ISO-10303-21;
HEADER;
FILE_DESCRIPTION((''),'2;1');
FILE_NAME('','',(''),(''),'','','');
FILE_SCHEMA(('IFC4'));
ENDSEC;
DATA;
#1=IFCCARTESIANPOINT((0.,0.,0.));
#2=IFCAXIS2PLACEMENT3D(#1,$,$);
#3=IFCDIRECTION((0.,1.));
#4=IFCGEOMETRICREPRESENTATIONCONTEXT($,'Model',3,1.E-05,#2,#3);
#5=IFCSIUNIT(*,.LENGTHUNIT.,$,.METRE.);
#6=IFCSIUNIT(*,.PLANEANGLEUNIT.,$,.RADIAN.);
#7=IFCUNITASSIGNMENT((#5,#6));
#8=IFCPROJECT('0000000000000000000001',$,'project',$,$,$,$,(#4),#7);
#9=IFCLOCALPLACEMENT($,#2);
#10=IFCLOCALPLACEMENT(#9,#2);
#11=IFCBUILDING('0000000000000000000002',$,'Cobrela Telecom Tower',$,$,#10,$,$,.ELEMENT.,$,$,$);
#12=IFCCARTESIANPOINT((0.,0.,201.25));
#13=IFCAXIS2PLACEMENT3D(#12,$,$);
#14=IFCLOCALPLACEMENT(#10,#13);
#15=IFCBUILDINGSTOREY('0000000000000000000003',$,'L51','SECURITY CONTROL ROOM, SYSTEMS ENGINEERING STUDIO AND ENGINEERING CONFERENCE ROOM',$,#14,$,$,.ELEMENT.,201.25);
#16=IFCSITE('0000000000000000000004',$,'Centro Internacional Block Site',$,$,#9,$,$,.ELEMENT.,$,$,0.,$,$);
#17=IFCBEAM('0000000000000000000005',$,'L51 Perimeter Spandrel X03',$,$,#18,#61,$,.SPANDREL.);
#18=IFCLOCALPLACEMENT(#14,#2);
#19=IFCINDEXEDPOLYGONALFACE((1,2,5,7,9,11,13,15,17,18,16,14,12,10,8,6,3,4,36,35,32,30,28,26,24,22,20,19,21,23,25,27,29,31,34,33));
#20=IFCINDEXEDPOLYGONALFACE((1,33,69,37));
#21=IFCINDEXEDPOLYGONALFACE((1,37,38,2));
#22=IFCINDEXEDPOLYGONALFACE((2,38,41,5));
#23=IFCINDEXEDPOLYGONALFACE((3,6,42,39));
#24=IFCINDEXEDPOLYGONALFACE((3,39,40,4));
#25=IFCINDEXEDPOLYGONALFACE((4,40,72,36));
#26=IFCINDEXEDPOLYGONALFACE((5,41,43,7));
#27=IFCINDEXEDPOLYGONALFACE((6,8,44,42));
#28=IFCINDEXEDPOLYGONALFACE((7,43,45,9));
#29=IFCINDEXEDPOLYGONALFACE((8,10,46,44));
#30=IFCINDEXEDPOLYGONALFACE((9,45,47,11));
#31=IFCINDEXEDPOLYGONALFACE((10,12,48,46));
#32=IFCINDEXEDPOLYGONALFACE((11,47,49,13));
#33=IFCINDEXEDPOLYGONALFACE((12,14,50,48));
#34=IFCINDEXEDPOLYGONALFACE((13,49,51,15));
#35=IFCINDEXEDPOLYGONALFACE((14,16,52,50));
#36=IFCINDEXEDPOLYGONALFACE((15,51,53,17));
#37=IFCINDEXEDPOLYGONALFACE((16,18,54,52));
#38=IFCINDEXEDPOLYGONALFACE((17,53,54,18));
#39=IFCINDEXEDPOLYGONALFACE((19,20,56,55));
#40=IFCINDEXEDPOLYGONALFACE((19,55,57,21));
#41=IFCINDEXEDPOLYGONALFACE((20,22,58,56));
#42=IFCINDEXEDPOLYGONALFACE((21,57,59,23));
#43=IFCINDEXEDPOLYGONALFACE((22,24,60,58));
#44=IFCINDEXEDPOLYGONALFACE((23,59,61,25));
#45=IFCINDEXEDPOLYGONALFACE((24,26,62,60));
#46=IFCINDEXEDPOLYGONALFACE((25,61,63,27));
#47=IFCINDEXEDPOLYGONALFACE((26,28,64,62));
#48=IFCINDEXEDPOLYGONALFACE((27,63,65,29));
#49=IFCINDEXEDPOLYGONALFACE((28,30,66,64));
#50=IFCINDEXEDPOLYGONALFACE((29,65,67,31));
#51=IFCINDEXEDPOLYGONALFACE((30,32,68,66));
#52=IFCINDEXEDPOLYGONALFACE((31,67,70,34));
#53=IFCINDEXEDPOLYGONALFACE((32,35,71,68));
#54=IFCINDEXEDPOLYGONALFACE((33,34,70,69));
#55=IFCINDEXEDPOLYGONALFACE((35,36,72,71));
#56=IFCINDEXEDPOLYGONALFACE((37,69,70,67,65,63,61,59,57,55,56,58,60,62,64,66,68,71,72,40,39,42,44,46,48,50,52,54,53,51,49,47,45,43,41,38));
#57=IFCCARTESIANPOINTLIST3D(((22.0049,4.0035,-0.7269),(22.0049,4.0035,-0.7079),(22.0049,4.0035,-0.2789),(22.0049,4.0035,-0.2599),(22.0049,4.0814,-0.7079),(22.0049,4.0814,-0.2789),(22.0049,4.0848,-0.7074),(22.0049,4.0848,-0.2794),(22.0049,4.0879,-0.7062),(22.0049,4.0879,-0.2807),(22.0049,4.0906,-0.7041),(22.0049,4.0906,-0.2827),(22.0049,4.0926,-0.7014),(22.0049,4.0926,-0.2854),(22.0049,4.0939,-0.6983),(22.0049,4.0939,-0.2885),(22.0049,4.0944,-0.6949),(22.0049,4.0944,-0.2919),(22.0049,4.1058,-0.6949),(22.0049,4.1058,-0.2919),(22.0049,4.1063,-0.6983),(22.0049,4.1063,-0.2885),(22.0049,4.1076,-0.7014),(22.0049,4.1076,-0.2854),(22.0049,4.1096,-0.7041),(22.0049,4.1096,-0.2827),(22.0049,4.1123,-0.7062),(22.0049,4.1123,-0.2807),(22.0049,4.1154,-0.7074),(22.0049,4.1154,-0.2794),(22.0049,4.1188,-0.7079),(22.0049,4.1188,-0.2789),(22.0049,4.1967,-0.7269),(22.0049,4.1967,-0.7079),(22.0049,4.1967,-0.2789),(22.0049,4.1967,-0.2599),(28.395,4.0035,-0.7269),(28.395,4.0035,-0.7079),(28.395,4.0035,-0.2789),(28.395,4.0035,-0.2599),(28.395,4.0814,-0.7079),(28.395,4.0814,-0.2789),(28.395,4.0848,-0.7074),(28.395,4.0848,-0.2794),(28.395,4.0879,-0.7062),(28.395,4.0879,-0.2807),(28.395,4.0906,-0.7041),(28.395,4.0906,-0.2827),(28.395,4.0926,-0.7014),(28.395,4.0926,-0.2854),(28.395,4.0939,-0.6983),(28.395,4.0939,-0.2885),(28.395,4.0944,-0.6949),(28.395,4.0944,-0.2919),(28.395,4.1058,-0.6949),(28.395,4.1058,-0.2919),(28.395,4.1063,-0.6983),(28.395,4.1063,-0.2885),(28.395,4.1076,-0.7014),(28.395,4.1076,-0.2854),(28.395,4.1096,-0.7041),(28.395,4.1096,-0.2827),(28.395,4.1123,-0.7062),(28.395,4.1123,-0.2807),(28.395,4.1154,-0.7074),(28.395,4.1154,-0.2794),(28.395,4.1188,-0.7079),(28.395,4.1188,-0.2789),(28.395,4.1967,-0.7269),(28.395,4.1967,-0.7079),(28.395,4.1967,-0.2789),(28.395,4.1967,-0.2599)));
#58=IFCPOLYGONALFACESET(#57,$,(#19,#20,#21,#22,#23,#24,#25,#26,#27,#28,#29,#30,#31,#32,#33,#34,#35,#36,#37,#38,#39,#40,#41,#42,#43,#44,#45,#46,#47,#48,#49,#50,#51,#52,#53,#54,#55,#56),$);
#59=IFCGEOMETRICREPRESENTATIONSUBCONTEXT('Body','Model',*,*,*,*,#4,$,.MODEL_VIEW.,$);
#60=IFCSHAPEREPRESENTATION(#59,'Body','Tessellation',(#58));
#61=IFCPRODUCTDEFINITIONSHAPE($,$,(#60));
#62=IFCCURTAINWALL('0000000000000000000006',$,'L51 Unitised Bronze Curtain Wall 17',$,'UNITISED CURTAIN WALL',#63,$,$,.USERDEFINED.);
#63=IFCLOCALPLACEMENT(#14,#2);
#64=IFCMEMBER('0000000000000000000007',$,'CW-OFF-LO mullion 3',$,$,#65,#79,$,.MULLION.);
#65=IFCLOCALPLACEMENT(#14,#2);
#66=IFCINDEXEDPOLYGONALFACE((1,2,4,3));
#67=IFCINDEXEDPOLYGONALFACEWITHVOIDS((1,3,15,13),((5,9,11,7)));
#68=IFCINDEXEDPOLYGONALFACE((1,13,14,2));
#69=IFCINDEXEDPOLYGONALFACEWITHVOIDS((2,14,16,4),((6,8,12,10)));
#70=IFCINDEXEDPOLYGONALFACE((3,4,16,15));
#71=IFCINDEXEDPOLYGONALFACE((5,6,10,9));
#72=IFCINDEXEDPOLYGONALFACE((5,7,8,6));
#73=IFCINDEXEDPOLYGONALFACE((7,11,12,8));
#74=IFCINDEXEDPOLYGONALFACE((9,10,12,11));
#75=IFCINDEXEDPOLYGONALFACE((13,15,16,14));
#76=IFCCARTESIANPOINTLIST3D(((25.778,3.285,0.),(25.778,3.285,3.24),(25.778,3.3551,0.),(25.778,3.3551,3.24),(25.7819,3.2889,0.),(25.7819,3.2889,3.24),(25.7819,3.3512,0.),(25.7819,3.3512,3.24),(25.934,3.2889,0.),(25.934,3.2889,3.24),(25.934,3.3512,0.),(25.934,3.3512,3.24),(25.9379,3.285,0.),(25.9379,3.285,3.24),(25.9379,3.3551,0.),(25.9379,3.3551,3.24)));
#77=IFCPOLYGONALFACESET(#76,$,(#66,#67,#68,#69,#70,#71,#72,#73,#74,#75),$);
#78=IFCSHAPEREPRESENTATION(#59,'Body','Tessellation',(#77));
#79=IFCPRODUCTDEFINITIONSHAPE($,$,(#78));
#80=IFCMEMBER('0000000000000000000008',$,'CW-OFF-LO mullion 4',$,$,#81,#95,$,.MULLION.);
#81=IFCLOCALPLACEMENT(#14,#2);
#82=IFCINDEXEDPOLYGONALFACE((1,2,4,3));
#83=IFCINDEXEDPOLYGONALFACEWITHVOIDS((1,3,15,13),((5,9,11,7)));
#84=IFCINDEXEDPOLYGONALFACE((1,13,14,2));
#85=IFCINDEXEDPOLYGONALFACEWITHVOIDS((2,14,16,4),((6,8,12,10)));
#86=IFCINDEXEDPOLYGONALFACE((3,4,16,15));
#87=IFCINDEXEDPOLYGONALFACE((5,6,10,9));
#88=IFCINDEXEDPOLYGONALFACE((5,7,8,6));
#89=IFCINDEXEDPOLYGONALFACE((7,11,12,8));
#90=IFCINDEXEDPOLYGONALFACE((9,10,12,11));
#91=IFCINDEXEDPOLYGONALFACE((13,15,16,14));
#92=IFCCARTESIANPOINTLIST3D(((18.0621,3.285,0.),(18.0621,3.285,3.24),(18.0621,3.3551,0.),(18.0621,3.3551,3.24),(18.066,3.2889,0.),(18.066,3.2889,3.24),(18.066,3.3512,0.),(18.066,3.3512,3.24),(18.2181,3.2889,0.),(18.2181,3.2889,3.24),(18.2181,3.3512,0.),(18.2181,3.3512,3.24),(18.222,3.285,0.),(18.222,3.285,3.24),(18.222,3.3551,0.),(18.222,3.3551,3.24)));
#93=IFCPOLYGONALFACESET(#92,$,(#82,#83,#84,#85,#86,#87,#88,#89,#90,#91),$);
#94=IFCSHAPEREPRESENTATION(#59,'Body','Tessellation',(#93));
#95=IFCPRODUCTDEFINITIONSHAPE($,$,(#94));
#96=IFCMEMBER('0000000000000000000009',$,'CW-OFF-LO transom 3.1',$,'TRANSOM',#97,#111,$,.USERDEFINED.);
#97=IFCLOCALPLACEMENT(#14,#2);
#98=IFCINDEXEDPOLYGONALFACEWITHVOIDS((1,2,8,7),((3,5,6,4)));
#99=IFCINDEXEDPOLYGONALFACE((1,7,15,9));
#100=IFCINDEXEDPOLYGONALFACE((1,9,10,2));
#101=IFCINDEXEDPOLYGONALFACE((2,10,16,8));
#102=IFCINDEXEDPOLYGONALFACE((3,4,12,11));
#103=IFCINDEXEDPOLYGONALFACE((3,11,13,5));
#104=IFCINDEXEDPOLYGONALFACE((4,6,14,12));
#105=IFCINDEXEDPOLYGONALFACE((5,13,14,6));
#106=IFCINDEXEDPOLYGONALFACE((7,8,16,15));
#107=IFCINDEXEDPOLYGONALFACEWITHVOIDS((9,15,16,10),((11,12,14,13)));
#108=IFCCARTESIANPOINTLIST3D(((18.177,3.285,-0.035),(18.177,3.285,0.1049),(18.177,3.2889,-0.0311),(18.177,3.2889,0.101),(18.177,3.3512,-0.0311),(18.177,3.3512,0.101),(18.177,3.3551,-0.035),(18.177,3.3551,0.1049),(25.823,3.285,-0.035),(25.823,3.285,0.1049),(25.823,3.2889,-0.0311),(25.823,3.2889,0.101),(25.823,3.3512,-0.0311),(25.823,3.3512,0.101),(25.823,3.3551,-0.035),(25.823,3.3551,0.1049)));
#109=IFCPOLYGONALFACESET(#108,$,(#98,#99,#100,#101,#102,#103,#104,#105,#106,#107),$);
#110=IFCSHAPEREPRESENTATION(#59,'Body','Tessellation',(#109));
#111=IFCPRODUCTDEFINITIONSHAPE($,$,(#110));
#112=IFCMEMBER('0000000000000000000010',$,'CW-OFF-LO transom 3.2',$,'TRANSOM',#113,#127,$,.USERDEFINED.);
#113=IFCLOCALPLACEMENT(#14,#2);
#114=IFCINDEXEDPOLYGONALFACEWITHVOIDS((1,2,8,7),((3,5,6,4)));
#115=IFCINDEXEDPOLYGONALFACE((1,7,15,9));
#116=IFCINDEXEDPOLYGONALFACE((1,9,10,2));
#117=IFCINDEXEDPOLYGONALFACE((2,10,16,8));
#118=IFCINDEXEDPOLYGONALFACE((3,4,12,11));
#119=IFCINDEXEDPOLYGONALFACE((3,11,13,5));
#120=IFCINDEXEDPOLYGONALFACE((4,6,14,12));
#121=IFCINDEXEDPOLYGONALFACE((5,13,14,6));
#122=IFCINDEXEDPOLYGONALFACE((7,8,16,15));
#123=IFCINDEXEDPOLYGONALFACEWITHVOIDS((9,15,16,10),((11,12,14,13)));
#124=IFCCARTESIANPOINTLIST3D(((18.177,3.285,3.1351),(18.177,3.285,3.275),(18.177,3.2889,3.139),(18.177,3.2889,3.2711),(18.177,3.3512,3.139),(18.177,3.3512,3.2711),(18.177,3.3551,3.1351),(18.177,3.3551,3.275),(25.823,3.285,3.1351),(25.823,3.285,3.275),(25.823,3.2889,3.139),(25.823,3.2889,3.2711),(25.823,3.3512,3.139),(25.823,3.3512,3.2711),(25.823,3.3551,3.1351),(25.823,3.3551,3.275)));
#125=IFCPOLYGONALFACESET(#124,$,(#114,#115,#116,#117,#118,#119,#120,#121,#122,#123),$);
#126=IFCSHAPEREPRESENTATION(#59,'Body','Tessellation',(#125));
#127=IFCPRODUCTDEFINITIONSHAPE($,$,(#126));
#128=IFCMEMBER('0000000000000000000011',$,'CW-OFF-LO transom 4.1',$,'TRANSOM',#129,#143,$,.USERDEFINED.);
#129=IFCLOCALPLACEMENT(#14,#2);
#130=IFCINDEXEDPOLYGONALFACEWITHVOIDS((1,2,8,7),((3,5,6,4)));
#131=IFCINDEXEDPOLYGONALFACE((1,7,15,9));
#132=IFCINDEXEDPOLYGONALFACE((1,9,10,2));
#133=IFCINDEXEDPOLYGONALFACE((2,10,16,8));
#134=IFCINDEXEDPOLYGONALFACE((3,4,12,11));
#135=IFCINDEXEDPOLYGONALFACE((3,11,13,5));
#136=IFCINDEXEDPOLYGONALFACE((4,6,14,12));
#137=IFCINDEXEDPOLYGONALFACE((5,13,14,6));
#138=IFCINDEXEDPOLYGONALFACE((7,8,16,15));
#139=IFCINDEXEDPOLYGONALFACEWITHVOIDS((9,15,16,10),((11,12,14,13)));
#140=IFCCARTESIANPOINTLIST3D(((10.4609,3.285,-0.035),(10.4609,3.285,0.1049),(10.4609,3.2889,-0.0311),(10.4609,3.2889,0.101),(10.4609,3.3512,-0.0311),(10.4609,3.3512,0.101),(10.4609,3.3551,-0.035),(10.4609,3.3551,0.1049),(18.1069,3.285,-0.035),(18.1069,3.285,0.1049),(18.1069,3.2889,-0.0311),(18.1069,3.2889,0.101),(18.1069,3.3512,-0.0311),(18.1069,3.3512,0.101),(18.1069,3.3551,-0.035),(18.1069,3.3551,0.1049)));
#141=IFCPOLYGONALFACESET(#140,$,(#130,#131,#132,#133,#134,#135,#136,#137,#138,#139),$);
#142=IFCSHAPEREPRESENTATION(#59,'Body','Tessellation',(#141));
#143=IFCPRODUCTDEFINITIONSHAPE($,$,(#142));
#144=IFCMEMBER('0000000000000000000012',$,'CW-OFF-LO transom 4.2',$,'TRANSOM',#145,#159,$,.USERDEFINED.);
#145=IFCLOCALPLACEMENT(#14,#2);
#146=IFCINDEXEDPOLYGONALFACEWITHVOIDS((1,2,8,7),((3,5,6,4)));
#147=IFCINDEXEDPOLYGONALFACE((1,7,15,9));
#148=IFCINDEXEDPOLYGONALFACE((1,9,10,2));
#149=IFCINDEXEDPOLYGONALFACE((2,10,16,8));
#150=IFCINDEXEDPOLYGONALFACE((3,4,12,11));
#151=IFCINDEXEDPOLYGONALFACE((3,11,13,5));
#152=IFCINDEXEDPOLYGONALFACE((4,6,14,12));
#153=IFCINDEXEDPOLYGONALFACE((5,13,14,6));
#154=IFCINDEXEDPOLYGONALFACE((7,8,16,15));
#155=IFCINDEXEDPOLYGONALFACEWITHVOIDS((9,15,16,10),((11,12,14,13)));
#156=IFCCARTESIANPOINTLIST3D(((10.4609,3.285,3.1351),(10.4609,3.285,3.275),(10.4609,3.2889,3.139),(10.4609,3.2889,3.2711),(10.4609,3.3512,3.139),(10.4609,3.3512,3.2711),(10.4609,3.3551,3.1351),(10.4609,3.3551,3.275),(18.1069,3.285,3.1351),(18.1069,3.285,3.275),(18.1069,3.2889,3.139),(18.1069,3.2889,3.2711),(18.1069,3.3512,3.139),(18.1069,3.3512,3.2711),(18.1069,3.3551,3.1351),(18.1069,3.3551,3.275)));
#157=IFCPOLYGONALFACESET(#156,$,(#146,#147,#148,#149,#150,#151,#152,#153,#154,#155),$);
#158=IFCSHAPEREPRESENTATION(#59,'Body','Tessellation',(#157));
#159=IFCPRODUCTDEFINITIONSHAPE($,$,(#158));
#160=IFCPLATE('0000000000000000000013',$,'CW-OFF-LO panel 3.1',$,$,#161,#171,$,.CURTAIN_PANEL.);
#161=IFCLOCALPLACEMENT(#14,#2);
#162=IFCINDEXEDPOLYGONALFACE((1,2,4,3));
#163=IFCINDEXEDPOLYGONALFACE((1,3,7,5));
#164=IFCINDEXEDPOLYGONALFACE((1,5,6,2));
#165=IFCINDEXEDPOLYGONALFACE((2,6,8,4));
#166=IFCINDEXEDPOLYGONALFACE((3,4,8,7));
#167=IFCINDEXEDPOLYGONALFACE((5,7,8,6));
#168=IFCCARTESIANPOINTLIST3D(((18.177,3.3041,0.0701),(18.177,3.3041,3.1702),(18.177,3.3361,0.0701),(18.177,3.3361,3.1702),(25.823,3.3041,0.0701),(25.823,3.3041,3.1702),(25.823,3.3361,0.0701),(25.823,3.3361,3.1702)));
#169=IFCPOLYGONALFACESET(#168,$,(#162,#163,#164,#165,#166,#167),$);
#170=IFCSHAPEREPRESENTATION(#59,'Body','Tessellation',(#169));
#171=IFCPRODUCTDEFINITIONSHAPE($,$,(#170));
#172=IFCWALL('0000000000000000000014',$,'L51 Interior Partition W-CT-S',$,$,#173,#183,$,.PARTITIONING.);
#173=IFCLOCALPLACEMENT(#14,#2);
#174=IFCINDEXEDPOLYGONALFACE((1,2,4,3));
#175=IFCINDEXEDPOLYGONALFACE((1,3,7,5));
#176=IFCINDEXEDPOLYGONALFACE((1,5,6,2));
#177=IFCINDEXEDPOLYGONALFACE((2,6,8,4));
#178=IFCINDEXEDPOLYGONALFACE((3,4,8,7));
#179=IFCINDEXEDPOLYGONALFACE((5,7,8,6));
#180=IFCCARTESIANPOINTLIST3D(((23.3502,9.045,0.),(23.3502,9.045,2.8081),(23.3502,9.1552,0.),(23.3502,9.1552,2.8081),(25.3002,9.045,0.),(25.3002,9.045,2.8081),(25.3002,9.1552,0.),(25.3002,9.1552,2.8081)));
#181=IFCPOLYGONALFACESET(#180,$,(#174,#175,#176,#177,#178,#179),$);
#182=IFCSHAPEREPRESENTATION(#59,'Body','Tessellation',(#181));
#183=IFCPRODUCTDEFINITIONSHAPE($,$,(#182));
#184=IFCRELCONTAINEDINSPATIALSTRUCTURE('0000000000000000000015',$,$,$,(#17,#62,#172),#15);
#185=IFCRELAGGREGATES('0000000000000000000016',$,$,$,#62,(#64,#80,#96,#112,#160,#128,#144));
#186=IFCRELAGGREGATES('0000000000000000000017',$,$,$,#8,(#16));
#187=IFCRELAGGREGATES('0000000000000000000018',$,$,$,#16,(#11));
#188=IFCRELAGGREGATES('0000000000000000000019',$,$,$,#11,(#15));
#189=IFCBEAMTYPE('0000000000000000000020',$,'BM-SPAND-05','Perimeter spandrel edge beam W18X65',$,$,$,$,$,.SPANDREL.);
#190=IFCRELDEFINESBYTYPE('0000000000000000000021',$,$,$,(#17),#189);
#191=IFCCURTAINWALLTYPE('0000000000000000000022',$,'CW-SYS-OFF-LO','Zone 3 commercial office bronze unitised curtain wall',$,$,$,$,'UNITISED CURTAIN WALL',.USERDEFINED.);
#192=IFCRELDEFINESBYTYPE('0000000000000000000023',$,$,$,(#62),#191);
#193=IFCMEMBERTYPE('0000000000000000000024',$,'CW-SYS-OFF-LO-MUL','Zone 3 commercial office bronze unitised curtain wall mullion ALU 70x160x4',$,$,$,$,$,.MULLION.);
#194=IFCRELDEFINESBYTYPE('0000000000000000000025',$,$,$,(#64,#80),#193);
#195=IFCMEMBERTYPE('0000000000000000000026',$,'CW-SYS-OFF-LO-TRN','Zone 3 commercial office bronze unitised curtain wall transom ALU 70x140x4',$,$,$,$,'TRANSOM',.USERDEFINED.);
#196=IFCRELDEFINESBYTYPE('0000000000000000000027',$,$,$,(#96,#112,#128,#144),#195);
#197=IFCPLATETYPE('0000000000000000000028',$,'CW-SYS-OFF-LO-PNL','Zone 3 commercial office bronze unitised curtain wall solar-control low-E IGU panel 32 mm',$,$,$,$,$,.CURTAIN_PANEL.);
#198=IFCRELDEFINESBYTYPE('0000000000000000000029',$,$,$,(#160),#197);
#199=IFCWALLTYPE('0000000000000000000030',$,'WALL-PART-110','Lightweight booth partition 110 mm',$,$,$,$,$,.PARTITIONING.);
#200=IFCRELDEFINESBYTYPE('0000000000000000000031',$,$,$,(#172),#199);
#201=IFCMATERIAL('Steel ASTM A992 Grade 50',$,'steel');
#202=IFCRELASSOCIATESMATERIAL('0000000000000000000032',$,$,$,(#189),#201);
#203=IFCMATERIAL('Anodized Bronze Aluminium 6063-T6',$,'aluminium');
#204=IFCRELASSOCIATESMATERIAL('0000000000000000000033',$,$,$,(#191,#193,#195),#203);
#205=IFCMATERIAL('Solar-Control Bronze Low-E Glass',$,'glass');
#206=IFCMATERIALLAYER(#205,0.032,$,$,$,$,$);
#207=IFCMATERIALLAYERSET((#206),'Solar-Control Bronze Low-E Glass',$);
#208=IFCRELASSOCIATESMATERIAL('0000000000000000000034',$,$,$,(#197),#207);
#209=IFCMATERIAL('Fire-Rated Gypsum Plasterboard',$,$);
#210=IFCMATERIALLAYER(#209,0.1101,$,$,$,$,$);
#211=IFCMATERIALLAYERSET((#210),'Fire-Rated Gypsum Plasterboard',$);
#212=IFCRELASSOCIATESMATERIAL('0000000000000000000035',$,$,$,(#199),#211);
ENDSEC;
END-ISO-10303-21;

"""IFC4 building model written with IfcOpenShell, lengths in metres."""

from ifc_helpers import new_model, si_unit, direction, frame, frame_2d, origin, origin_2d, place, context, subcontext, project, spatial, rectangle, hollow_rectangle, i_section, extrude, material, layer, layer_set, material_profile, profile_set, type_object, element, aggregate, save


model = new_model("IFC4")

# Units and contexts
model_context = context("Model", 3, precision=1e-05, world=origin(), true_north=direction((0.0, 1.0)))
body_context = subcontext(model_context, "Body", "Model", "MODEL_VIEW")
ifc_project = project(units=[si_unit("LENGTHUNIT", "METRE"), si_unit("PLANEANGLEUNIT", "RADIAN")], contexts=[model_context])

# Site, building, storey
site_placement = place(None, origin())
site = spatial("IfcSite", under=ifc_project, at=site_placement, Name="Centro Internacional Block Site", CompositionType="ELEMENT", RefElevation=0.0)
building_placement = place(site_placement, origin())
building = spatial("IfcBuilding", under=site, at=building_placement, Name="Cobrela Telecom Tower", CompositionType="ELEMENT")
storey_placement = place(building_placement, frame((0.0, 0.0, 201.25)))
storey = spatial("IfcBuildingStorey", under=building, at=storey_placement, Name="L51", Description="SECURITY CONTROL ROOM, SYSTEMS ENGINEERING STUDIO AND ENGINEERING CONFERENCE ROOM", CompositionType="ELEMENT", Elevation=201.25)

# Shared definitions
ifc_material_1 = material(Name="Steel ASTM A992 Grade 50", Category="steel")

# Beam
ifc_material_profile_1 = material_profile(ifc_material_1, i_section(OverallWidth=0.1931, OverallDepth=0.467, WebThickness=0.0115, FlangeThickness=0.019, FilletRadius=0.0129, at=origin_2d()), Name="W18X65")
ifc_profile_set_1 = profile_set([ifc_material_profile_1], Name="Steel ASTM A992 Grade 50")
beam_type_1 = type_object("IfcBeamType", Name="BM-SPAND-05", Description="Perimeter spandrel edge beam W18X65", PredefinedType="SPANDREL", material=ifc_profile_set_1)
beam_1_placement = place(storey_placement, frame((22.0049, 4.1001, -0.4934), z_axis=(1.0, 0.0, 0.0), x_axis=(0.0, 1.0, 0.0)))
element("IfcBeam", 1, at=beam_1_placement, inside=storey, type_object=beam_type_1, Name="L51 Perimeter Spandrel X03", PredefinedType="SPANDREL", context=body_context, shape_type="SweptSolid", body=[
    extrude(i_section(OverallWidth=0.1931, OverallDepth=0.467, WebThickness=0.0115, FlangeThickness=0.019, FilletRadius=0.0129, at=origin_2d()), origin(), (0.0, 0.0, 1.0), 6.3901),
])

# Curtain wall, members, plate
ifc_material_2 = material(Name="Anodized Bronze Aluminium 6063-T6", Category="aluminium")
curtain_wall_type = type_object("IfcCurtainWallType", Name="CW-SYS-OFF-LO", Description="Zone 3 commercial office bronze unitised curtain wall", ElementType="UNITISED CURTAIN WALL", PredefinedType="USERDEFINED", material=ifc_material_2)
curtain_wall_placement = place(storey_placement, origin())
curtain_wall = element("IfcCurtainWall", 2, at=curtain_wall_placement, inside=storey, type_object=curtain_wall_type, Name="L51 Unitised Bronze Curtain Wall 17", ObjectType="UNITISED CURTAIN WALL", PredefinedType="USERDEFINED")
ifc_material_profile_2 = material_profile(ifc_material_2, hollow_rectangle(XDim=0.0701, YDim=0.1599, WallThickness=0.0039, at=origin_2d()), Name="ALU 70x160x4")
ifc_profile_set_2 = profile_set([ifc_material_profile_2], Name="Anodized Bronze Aluminium 6063-T6")
member_type_1 = type_object("IfcMemberType", Name="CW-SYS-OFF-LO-MUL", Description="Zone 3 commercial office bronze unitised curtain wall mullion ALU 70x160x4", PredefinedType="MULLION", material=ifc_profile_set_2)
member_1_placement = place(storey_placement, frame((25.8579, 3.3201, 0.0), z_axis=(0.0, 0.0, 1.0), x_axis=(0.0, -1.0, 0.0)))
member_1 = element("IfcMember", 3, at=member_1_placement, type_object=member_type_1, Name="CW-OFF-LO mullion 3", PredefinedType="MULLION", context=body_context, shape_type="SweptSolid", body=[
    extrude(hollow_rectangle(XDim=0.0701, YDim=0.1599, WallThickness=0.0039, at=origin_2d()), origin(), (0.0, 0.0, 1.0), 3.24),
])
member_2_placement = place(storey_placement, frame((18.1421, 3.3201, 0.0), z_axis=(0.0, 0.0, 1.0), x_axis=(0.0, -1.0, 0.0)))
member_2 = element("IfcMember", 4, at=member_2_placement, type_object=member_type_1, Name="CW-OFF-LO mullion 4", PredefinedType="MULLION", context=body_context, shape_type="SweptSolid", body=[
    extrude(hollow_rectangle(XDim=0.0701, YDim=0.1599, WallThickness=0.0039, at=origin_2d()), origin(), (0.0, 0.0, 1.0), 3.24),
])
ifc_material_profile_3 = material_profile(ifc_material_2, hollow_rectangle(XDim=0.0701, YDim=0.1399, WallThickness=0.0039, at=origin_2d()), Name="ALU 70x140x4")
ifc_profile_set_3 = profile_set([ifc_material_profile_3], Name="Anodized Bronze Aluminium 6063-T6")
member_type_2 = type_object("IfcMemberType", Name="CW-SYS-OFF-LO-TRN", Description="Zone 3 commercial office bronze unitised curtain wall transom ALU 70x140x4", ElementType="TRANSOM", PredefinedType="USERDEFINED", material=ifc_profile_set_3)
member_3_placement = place(storey_placement, frame((25.823, 3.3201, 0.0349), z_axis=(-1.0, 0.0, 0.0), x_axis=(0.0, -1.0, 0.0)))
member_3 = element("IfcMember", 5, at=member_3_placement, type_object=member_type_2, Name="CW-OFF-LO transom 3.1", ObjectType="TRANSOM", PredefinedType="USERDEFINED", context=body_context, shape_type="SweptSolid", body=[
    extrude(hollow_rectangle(XDim=0.0701, YDim=0.1399, WallThickness=0.0039, at=origin_2d()), origin(), (0.0, 0.0, 1.0), 7.646),
])
member_4_placement = place(storey_placement, frame((25.823, 3.3201, 3.2051), z_axis=(-1.0, 0.0, 0.0), x_axis=(0.0, -1.0, 0.0)))
member_4 = element("IfcMember", 6, at=member_4_placement, type_object=member_type_2, Name="CW-OFF-LO transom 3.2", ObjectType="TRANSOM", PredefinedType="USERDEFINED", context=body_context, shape_type="SweptSolid", body=[
    extrude(hollow_rectangle(XDim=0.0701, YDim=0.1399, WallThickness=0.0039, at=origin_2d()), origin(), (0.0, 0.0, 1.0), 7.646),
])
member_5_placement = place(storey_placement, frame((18.1069, 3.3201, 0.0349), z_axis=(-1.0, 0.0, 0.0), x_axis=(0.0, -1.0, 0.0)))
member_5 = element("IfcMember", 7, at=member_5_placement, type_object=member_type_2, Name="CW-OFF-LO transom 4.1", ObjectType="TRANSOM", PredefinedType="USERDEFINED", context=body_context, shape_type="SweptSolid", body=[
    extrude(hollow_rectangle(XDim=0.0701, YDim=0.1399, WallThickness=0.0039, at=origin_2d()), origin(), (0.0, 0.0, 1.0), 7.646),
])
member_6_placement = place(storey_placement, frame((18.1069, 3.3201, 3.2051), z_axis=(-1.0, 0.0, 0.0), x_axis=(0.0, -1.0, 0.0)))
member_6 = element("IfcMember", 8, at=member_6_placement, type_object=member_type_2, Name="CW-OFF-LO transom 4.2", ObjectType="TRANSOM", PredefinedType="USERDEFINED", context=body_context, shape_type="SweptSolid", body=[
    extrude(hollow_rectangle(XDim=0.0701, YDim=0.1399, WallThickness=0.0039, at=origin_2d()), origin(), (0.0, 0.0, 1.0), 7.646),
])
ifc_material_3 = material(Name="Solar-Control Bronze Low-E Glass", Category="glass")
ifc_layer_1 = layer(ifc_material_3, 0.032)
ifc_layer_set_1 = layer_set([ifc_layer_1], Name="Solar-Control Bronze Low-E Glass")
plate_type = type_object("IfcPlateType", Name="CW-SYS-OFF-LO-PNL", Description="Zone 3 commercial office bronze unitised curtain wall solar-control low-E IGU panel 32 mm", PredefinedType="CURTAIN_PANEL", material=ifc_layer_set_1)
plate_placement = place(storey_placement, frame((22.0, 3.3201, 0.0701), z_axis=(0.0, 0.0, 1.0), x_axis=(-1.0, 0.0, 0.0)))
plate = element("IfcPlate", 9, at=plate_placement, type_object=plate_type, Name="CW-OFF-LO panel 3.1", PredefinedType="CURTAIN_PANEL", context=body_context, shape_type="SweptSolid", body=[
    extrude(rectangle(XDim=7.646, YDim=0.032, at=origin_2d()), origin(), (0.0, 0.0, 1.0), 3.1001),
])
aggregate(curtain_wall, [member_1, member_2, member_3, member_4, plate, member_5, member_6])

# Wall
ifc_material_4 = material(Name="Fire-Rated Gypsum Plasterboard")
ifc_layer_2 = layer(ifc_material_4, 0.1101)
ifc_layer_set_2 = layer_set([ifc_layer_2], Name="Fire-Rated Gypsum Plasterboard")
wall_type_1 = type_object("IfcWallType", Name="WALL-PART-110", Description="Lightweight booth partition 110 mm", PredefinedType="PARTITIONING", material=ifc_layer_set_2)
wall_1_placement = place(storey_placement, frame((23.3501, 9.1001, 0.0), z_axis=(0.0, 0.0, 1.0), x_axis=(1.0, 0.0, 0.0)))
element("IfcWall", 10, at=wall_1_placement, inside=storey, type_object=wall_type_1, Name="L51 Interior Partition W-CT-S", PredefinedType="PARTITIONING", context=body_context, shape_type="SweptSolid", body=[
    extrude(rectangle(XDim=1.95, YDim=0.1101, at=frame_2d((0.9751, 0.0))), origin(), (0.0, 0.0, 1.0), 2.8081),
])

save(model, "model.ifc")
